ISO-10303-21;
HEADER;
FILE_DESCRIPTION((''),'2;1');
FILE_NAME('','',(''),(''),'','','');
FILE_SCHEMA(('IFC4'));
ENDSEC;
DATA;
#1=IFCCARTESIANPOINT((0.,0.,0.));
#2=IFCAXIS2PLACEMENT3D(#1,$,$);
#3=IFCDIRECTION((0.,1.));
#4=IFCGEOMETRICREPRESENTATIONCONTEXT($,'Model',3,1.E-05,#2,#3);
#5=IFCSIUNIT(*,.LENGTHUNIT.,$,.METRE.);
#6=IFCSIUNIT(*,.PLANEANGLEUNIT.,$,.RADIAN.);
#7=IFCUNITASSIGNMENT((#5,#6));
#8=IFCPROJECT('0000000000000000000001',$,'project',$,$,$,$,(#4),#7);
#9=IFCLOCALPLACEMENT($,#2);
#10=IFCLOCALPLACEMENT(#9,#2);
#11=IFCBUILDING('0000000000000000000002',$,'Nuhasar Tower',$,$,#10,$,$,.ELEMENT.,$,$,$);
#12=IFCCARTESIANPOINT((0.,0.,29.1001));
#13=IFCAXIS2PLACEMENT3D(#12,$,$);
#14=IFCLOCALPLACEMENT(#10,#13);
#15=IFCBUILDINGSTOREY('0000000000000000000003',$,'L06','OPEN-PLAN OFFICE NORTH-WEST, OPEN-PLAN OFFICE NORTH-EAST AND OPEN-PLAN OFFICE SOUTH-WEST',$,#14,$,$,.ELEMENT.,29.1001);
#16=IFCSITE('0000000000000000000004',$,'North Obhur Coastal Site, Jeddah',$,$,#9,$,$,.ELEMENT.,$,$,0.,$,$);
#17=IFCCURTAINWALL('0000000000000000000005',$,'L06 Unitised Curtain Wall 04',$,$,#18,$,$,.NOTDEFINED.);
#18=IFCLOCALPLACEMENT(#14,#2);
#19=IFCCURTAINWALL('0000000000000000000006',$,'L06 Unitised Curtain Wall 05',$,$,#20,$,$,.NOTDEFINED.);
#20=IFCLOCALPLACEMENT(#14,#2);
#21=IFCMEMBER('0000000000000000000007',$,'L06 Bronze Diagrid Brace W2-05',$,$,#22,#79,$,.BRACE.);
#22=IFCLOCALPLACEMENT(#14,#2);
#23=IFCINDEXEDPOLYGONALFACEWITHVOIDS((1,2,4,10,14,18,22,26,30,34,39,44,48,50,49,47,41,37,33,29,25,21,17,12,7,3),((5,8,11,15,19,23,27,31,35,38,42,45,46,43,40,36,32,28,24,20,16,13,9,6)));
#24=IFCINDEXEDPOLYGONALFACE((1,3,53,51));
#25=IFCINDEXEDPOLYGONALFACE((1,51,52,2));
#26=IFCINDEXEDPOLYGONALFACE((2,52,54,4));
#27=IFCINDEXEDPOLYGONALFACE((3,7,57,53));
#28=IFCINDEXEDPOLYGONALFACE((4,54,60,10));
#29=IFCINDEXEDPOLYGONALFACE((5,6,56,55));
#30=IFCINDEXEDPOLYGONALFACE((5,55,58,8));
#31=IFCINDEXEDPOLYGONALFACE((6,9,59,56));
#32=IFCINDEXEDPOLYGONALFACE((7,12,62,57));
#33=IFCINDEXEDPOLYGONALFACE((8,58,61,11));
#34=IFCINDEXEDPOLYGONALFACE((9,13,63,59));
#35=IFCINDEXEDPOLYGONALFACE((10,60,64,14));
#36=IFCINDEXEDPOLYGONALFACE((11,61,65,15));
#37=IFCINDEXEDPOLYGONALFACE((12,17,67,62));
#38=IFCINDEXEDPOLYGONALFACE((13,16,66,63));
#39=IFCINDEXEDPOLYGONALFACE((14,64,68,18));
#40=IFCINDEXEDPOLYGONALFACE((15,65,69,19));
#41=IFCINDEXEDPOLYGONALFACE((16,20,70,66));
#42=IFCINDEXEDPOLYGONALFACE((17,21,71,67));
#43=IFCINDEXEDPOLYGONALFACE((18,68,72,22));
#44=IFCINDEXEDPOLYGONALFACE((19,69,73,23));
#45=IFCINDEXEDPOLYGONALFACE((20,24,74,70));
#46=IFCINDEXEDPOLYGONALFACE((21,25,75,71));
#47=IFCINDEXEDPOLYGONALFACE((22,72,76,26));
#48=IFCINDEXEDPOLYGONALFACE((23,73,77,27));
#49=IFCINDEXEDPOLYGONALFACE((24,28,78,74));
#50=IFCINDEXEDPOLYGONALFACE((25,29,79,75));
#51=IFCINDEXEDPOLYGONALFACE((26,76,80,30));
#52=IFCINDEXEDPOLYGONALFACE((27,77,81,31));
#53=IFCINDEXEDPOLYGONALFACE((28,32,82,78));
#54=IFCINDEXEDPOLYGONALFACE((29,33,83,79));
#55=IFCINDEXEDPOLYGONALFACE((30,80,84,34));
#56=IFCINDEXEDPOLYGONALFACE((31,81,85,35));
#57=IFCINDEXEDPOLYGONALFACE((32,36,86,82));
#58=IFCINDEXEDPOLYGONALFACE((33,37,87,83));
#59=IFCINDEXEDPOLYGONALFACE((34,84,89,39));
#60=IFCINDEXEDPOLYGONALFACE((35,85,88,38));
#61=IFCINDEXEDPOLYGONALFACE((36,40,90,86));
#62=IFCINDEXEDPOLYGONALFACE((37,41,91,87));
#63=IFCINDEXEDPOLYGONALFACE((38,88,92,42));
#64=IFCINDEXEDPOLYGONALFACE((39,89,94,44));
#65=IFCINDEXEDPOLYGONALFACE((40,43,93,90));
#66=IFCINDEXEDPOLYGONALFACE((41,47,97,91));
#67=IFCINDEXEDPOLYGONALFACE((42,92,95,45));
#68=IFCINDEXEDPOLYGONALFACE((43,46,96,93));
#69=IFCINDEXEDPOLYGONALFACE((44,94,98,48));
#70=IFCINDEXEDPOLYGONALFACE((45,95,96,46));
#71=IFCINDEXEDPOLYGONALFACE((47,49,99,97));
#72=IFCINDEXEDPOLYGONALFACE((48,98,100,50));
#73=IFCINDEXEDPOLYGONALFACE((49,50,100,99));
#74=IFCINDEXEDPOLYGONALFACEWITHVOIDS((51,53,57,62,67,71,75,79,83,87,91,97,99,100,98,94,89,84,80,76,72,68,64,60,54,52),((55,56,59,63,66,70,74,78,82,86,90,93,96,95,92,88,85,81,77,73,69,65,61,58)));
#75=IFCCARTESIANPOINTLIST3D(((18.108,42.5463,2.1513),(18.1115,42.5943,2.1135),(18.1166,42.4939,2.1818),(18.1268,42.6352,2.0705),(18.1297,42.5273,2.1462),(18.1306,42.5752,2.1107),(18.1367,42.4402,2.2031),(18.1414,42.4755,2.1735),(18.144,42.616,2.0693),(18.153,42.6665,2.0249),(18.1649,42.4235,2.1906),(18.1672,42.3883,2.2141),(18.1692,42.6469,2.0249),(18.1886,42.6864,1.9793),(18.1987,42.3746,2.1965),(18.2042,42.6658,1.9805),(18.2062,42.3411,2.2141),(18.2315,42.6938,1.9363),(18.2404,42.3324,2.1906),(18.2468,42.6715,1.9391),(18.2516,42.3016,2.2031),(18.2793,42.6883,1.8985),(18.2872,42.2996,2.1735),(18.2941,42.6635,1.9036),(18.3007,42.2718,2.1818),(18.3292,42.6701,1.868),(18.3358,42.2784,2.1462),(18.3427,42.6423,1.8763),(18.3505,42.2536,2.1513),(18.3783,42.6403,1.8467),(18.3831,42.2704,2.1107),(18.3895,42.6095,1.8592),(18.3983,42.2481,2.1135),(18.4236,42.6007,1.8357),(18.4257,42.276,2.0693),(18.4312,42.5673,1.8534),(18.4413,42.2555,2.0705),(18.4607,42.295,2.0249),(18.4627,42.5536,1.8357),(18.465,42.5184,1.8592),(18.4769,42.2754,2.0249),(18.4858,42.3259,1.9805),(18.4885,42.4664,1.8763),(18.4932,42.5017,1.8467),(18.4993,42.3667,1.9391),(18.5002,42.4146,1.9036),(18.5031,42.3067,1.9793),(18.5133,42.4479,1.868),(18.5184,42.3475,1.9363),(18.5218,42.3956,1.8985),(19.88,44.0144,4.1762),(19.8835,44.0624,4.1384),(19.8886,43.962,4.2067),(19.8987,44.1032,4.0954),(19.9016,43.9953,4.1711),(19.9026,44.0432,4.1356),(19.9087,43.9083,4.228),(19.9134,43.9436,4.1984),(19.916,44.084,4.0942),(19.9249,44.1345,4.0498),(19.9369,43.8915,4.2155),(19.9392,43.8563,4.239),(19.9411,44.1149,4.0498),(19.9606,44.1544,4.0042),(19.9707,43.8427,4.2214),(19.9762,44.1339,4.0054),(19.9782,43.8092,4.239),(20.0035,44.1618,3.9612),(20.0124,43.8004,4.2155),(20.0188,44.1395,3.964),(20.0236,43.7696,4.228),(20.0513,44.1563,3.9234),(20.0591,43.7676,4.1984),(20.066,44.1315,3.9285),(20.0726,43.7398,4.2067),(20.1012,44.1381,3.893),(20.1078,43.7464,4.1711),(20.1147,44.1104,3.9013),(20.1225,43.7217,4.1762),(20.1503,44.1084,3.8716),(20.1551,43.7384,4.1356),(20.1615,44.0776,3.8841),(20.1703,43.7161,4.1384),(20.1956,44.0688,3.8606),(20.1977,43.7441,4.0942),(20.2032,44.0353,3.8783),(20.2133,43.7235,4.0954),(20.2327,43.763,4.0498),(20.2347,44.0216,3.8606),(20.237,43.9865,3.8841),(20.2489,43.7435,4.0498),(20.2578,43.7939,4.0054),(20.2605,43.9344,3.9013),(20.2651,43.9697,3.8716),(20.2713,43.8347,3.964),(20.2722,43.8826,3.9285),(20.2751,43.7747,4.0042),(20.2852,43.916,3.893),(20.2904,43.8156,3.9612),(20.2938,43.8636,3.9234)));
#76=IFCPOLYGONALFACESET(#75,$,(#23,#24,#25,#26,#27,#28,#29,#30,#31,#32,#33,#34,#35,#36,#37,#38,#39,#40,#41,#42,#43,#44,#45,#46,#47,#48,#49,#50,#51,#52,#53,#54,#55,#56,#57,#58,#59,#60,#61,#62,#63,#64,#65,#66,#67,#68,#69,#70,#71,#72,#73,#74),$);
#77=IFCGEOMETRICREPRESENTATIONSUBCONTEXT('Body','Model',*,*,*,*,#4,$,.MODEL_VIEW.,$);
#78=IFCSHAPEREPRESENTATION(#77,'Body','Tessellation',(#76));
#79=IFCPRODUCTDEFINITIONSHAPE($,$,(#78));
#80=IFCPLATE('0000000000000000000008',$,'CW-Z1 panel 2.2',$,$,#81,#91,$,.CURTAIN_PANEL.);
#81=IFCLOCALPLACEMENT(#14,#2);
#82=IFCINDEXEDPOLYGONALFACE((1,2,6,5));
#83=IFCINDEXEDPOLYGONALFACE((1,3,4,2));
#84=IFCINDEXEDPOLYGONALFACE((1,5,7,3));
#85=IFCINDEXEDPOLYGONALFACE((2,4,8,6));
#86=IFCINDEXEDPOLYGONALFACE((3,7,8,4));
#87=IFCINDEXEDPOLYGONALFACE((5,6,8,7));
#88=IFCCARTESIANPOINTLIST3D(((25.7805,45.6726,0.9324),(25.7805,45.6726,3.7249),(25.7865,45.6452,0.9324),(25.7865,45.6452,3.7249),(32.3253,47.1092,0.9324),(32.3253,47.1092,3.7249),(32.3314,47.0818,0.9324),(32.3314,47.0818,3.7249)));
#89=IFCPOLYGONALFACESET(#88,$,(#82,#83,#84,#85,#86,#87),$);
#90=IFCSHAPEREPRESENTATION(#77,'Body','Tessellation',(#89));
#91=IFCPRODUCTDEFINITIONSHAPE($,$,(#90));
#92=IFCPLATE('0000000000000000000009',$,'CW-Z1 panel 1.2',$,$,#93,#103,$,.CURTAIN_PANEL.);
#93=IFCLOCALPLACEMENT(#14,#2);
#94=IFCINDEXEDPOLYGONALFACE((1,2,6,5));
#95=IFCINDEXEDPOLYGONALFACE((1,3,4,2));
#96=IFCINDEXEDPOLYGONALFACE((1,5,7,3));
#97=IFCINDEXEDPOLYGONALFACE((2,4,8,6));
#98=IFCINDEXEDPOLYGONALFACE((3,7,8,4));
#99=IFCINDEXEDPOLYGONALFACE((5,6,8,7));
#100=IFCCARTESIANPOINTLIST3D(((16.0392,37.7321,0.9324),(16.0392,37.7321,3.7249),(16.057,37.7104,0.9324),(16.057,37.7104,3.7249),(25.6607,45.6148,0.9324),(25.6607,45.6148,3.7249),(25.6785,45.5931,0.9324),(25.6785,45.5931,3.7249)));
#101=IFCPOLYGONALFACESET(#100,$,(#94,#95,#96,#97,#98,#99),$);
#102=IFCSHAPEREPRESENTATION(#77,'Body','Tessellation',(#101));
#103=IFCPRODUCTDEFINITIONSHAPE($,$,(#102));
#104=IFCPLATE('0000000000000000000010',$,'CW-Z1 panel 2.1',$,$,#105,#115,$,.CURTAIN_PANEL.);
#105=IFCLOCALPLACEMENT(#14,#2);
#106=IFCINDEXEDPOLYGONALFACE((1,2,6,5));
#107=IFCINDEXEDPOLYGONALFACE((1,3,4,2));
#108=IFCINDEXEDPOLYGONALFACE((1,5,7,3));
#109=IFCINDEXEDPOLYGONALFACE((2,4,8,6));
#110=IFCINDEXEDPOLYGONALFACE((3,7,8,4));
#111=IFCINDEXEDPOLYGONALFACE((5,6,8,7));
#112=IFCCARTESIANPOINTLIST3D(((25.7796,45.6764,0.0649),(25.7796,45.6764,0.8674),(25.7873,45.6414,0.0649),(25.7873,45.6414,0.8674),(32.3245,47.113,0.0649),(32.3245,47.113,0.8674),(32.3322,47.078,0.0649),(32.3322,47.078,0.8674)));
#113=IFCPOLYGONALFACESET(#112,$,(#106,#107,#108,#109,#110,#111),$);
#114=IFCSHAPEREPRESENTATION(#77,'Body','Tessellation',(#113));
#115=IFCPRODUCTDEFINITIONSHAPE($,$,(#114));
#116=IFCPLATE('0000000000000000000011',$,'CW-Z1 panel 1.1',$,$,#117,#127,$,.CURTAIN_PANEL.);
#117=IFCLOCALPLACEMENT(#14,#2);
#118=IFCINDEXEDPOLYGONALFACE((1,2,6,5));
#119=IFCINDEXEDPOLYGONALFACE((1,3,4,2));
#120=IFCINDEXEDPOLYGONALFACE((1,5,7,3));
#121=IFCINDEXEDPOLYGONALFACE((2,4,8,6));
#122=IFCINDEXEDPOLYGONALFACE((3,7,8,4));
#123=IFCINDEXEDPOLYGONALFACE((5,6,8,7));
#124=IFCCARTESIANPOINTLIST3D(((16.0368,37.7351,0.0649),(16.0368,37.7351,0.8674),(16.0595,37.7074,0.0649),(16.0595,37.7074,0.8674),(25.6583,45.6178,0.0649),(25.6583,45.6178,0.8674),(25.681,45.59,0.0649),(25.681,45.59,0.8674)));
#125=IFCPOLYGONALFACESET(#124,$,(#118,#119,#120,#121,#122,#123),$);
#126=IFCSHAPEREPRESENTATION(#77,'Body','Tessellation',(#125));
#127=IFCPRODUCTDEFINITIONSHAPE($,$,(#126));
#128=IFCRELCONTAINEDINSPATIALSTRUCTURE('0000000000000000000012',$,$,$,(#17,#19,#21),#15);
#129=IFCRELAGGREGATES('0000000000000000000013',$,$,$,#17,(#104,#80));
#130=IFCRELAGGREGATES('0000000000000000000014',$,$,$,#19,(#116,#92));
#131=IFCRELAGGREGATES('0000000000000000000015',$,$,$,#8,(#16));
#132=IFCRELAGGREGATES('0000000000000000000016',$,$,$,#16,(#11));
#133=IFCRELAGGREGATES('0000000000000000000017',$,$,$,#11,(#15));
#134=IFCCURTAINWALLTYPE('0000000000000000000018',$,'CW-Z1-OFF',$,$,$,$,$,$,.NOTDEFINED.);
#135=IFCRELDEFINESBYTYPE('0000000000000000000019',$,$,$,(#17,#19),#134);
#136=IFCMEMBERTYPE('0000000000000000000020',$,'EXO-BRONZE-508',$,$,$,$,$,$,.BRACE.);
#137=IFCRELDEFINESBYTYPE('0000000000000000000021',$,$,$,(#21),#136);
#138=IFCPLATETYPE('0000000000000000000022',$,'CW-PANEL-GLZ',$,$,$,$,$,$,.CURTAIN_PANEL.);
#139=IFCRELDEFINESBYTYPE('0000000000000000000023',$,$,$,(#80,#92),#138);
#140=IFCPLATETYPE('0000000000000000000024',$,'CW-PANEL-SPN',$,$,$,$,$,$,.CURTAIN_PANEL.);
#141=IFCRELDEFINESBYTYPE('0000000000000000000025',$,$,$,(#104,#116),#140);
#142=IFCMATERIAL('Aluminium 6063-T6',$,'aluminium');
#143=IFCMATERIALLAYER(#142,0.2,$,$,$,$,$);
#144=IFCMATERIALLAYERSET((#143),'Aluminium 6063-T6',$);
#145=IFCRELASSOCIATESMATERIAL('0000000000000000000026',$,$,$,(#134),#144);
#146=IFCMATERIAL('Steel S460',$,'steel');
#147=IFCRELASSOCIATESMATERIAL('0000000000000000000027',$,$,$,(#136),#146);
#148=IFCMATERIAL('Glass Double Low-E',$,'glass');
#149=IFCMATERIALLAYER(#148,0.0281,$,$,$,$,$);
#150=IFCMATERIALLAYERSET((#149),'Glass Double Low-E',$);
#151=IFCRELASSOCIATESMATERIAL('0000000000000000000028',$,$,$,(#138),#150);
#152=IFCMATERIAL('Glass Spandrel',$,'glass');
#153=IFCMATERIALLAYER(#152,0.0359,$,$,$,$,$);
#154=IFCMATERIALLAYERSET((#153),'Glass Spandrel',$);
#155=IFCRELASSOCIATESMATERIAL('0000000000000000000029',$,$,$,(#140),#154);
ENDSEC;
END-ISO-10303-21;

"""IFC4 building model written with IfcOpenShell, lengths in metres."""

from ifc_helpers import new_model, si_unit, direction, frame, origin, origin_2d, place, context, subcontext, project, spatial, rectangle, hollow_circle, extrude, material, layer, layer_set, material_profile, profile_set, type_object, element, aggregate, save


model = new_model("IFC4")

# Units and contexts
model_context = context("Model", 3, precision=1e-05, world=origin(), true_north=direction((0.0, 1.0)))
body_context = subcontext(model_context, "Body", "Model", "MODEL_VIEW")
ifc_project = project(units=[si_unit("LENGTHUNIT", "METRE"), si_unit("PLANEANGLEUNIT", "RADIAN")], contexts=[model_context])

# Site, building, storey
site_placement = place(None, origin())
site = spatial("IfcSite", under=ifc_project, at=site_placement, Name="North Obhur Coastal Site, Jeddah", CompositionType="ELEMENT", RefElevation=0.0)
building_placement = place(site_placement, origin())
building = spatial("IfcBuilding", under=site, at=building_placement, Name="Nuhasar Tower", CompositionType="ELEMENT")
storey_placement = place(building_placement, frame((0.0, 0.0, 29.1001)))
storey = spatial("IfcBuildingStorey", under=building, at=storey_placement, Name="L06", Description="OPEN-PLAN OFFICE NORTH-WEST, OPEN-PLAN OFFICE NORTH-EAST AND OPEN-PLAN OFFICE SOUTH-WEST", CompositionType="ELEMENT", Elevation=29.1001)

# Curtain wall
ifc_material_1 = material(Name="Aluminium 6063-T6", Category="aluminium")
ifc_layer_1 = layer(ifc_material_1, 0.2)
ifc_layer_set_1 = layer_set([ifc_layer_1], Name="Aluminium 6063-T6")
curtain_wall_type = type_object("IfcCurtainWallType", Name="CW-Z1-OFF", PredefinedType="NOTDEFINED", material=ifc_layer_set_1)
curtain_wall_1_placement = place(storey_placement, origin())
curtain_wall_1 = element("IfcCurtainWall", 1, at=curtain_wall_1_placement, inside=storey, type_object=curtain_wall_type, Name="L06 Unitised Curtain Wall 04", PredefinedType="NOTDEFINED")

# Curtain wall
curtain_wall_2_placement = place(storey_placement, origin())
curtain_wall_2 = element("IfcCurtainWall", 2, at=curtain_wall_2_placement, inside=storey, type_object=curtain_wall_type, Name="L06 Unitised Curtain Wall 05", PredefinedType="NOTDEFINED")

# Member
ifc_material_2 = material(Name="Steel S460", Category="steel")
ifc_material_profile_1 = material_profile(ifc_material_2, hollow_circle(Radius=0.2539, WallThickness=0.0254, at=origin_2d()), Name="HSS508X25.4")
ifc_profile_set_1 = profile_set([ifc_material_profile_1], Name="Steel S460")
member_type_1 = type_object("IfcMemberType", Name="EXO-BRONZE-508", PredefinedType="BRACE", material=ifc_profile_set_1)
for number, where, z_axis, x_axis, name in (
    (3, (18.3149, 42.4709, 2.0249), (0.578102, 0.478937, 0.660619), (-0.637969, 0.770062, 0.0), "L06 Bronze Diagrid Brace W2-05"),
):
    element("IfcMember", number, at=place(storey_placement, frame(where, z_axis=z_axis, x_axis=x_axis)), inside=storey, type_object=member_type_1, Name=name, PredefinedType="BRACE", context=body_context, shape_type="SweptSolid", body=[
        extrude(hollow_circle(Radius=0.2539, WallThickness=0.0254, at=origin_2d()), origin(), (0.0, 0.0, 1.0), 3.0652),
    ])

# Plates
ifc_material_3 = material(Name="Glass Double Low-E", Category="glass")
ifc_layer_2 = layer(ifc_material_3, 0.0281)
ifc_layer_set_2 = layer_set([ifc_layer_2], Name="Glass Double Low-E")
plate_type_1 = type_object("IfcPlateType", Name="CW-PANEL-GLZ", PredefinedType="CURTAIN_PANEL", material=ifc_layer_set_2)
plate_1_placement = place(storey_placement, frame((29.0559, 46.3772, 0.9324), z_axis=(0.0, 0.0, 1.0), x_axis=(-0.976746, -0.214399, 0.0)))
plate_1 = element("IfcPlate", 4, at=plate_1_placement, type_object=plate_type_1, Name="CW-Z1 panel 2.2", PredefinedType="CURTAIN_PANEL", context=body_context, shape_type="SweptSolid", body=[
    extrude(rectangle(XDim=6.7007, YDim=0.0281, at=origin_2d()), origin(), (0.0, 0.0, 1.0), 2.7925),
])
plate_2_placement = place(storey_placement, frame((20.8589, 41.6626, 0.9324), z_axis=(0.0, 0.0, 1.0), x_axis=(-0.773542, -0.633745, 0.0)))
plate_2 = element("IfcPlate", 5, at=plate_2_placement, type_object=plate_type_1, Name="CW-Z1 panel 1.2", PredefinedType="CURTAIN_PANEL", context=body_context, shape_type="SweptSolid", body=[
    extrude(rectangle(XDim=12.4382, YDim=0.0281, at=origin_2d()), origin(), (0.0, 0.0, 1.0), 2.7925),
])
ifc_material_4 = material(Name="Glass Spandrel", Category="glass")
ifc_layer_3 = layer(ifc_material_4, 0.0359)
ifc_layer_set_3 = layer_set([ifc_layer_3], Name="Glass Spandrel")
plate_type_2 = type_object("IfcPlateType", Name="CW-PANEL-SPN", PredefinedType="CURTAIN_PANEL", material=ifc_layer_set_3)
plate_3_placement = place(storey_placement, frame((29.0559, 46.3772, 0.0649), z_axis=(0.0, 0.0, 1.0), x_axis=(-0.976746, -0.214399, 0.0)))
plate_3 = element("IfcPlate", 6, at=plate_3_placement, type_object=plate_type_2, Name="CW-Z1 panel 2.1", PredefinedType="CURTAIN_PANEL", context=body_context, shape_type="SweptSolid", body=[
    extrude(rectangle(XDim=6.7007, YDim=0.0359, at=origin_2d()), origin(), (0.0, 0.0, 1.0), 0.8025),
])
aggregate(curtain_wall_1, [plate_3, plate_1])
plate_4_placement = place(storey_placement, frame((20.8589, 41.6626, 0.0649), z_axis=(0.0, 0.0, 1.0), x_axis=(-0.773542, -0.633745, 0.0)))
plate_4 = element("IfcPlate", 7, at=plate_4_placement, type_object=plate_type_2, Name="CW-Z1 panel 1.1", PredefinedType="CURTAIN_PANEL", context=body_context, shape_type="SweptSolid", body=[
    extrude(rectangle(XDim=12.4382, YDim=0.0359, at=origin_2d()), origin(), (0.0, 0.0, 1.0), 0.8025),
])
aggregate(curtain_wall_2, [plate_4, plate_2])

save(model, "model.ifc")
